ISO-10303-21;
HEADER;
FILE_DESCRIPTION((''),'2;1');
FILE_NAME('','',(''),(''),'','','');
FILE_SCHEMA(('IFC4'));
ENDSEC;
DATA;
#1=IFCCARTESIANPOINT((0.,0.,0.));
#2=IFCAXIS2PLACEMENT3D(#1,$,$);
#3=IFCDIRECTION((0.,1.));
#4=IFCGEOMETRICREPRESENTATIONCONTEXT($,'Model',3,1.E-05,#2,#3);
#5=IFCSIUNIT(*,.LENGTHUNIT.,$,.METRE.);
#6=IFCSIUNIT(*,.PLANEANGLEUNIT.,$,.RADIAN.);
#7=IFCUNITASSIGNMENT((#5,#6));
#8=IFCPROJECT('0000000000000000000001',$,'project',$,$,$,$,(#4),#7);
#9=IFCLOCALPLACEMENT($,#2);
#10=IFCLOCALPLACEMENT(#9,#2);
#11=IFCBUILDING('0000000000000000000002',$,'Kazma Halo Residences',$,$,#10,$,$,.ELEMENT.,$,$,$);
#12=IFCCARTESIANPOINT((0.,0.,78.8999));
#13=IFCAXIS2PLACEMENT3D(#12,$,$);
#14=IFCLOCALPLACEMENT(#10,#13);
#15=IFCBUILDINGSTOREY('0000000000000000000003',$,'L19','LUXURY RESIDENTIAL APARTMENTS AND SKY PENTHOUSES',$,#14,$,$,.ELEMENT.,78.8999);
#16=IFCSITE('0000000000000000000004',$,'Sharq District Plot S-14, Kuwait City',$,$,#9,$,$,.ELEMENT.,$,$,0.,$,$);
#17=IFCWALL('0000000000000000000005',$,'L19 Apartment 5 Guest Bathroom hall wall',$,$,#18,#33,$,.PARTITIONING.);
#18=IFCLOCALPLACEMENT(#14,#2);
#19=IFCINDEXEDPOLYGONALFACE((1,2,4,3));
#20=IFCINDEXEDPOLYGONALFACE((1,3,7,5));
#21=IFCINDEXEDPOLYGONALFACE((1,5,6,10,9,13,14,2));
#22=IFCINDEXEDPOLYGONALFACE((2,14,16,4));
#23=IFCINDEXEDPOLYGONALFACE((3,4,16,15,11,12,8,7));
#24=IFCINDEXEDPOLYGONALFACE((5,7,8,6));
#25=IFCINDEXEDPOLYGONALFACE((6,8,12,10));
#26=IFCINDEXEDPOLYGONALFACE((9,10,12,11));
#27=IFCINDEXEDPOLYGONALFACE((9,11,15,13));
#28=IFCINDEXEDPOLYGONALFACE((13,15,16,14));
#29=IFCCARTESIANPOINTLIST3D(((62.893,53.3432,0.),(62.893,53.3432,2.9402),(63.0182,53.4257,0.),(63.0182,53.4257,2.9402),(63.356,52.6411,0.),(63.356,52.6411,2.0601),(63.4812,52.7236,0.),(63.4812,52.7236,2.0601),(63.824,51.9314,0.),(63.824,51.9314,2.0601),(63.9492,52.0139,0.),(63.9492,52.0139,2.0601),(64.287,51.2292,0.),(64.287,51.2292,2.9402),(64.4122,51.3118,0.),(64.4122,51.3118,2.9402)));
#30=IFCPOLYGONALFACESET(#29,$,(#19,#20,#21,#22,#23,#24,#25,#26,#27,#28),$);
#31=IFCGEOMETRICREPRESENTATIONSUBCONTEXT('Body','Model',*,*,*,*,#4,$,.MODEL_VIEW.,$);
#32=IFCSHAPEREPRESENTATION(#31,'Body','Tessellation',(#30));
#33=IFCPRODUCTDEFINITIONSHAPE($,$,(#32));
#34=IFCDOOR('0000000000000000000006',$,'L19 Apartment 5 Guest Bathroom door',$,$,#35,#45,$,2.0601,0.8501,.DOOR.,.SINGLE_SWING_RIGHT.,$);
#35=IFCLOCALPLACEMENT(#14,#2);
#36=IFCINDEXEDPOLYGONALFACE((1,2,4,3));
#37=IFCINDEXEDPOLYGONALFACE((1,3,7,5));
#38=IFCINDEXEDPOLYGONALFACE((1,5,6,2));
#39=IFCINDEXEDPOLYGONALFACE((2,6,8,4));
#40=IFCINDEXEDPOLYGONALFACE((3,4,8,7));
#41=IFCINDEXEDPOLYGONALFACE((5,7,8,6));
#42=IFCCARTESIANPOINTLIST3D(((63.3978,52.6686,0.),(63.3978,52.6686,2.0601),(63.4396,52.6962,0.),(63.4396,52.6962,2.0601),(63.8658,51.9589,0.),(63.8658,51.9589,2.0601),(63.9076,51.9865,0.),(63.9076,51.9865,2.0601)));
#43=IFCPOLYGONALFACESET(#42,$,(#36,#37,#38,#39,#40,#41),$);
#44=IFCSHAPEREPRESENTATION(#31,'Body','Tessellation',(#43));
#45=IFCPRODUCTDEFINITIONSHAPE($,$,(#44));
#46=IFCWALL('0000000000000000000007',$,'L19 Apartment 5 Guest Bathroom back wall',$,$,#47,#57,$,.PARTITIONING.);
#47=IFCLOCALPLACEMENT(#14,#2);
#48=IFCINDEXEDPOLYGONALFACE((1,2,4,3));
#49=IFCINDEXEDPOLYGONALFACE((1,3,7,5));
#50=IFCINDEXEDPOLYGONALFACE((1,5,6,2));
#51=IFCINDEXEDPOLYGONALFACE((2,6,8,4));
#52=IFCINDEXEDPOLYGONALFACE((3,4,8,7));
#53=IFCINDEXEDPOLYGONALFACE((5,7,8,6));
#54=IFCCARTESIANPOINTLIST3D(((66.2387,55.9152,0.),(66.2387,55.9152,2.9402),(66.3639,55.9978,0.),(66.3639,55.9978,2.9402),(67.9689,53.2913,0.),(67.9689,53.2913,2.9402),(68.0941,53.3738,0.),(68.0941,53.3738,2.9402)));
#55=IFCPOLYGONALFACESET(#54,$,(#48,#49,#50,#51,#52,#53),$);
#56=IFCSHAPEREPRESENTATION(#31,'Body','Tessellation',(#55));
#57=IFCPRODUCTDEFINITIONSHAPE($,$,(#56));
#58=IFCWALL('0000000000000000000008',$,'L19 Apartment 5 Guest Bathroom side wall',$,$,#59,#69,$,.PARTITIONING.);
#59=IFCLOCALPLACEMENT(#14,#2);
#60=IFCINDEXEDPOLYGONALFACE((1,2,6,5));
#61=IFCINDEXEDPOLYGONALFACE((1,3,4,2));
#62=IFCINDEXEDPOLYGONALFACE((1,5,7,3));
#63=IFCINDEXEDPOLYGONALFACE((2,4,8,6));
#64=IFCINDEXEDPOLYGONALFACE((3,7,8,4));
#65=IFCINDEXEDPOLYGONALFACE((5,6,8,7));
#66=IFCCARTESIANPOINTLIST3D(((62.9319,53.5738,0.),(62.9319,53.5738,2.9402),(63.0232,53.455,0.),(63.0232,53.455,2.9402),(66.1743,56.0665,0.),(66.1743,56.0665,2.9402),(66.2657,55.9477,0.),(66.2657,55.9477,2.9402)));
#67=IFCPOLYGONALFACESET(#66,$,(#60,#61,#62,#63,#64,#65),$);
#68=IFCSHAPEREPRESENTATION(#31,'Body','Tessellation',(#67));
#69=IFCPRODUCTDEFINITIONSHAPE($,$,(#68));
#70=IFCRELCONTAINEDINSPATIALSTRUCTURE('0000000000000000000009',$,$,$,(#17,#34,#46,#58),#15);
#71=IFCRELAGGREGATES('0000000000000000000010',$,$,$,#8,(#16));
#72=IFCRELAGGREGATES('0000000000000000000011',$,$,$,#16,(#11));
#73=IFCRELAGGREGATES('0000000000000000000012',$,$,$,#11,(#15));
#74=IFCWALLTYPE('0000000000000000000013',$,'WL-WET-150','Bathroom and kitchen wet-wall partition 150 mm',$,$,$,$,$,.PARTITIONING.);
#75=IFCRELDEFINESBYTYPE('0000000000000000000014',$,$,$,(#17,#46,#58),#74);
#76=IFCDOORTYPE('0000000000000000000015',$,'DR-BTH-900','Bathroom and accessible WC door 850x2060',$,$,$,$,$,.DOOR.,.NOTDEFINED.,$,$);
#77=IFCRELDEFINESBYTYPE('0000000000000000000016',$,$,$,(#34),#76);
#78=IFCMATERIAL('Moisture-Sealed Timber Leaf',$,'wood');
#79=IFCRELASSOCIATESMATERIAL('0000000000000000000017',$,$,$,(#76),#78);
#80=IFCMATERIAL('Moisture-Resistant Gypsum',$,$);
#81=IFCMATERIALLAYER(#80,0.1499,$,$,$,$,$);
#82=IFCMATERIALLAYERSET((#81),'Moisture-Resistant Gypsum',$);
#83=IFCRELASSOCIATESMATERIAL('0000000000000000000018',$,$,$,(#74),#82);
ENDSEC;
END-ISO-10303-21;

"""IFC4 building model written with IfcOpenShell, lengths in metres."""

from ifc_helpers import new_model, si_unit, direction, frame, frame_2d, origin, place, context, subcontext, project, spatial, rectangle, extrude, material, layer, layer_set, type_object, element, fill, save


model = new_model("IFC4")

# Units and contexts
model_context = context("Model", 3, precision=1e-05, world=origin(), true_north=direction((0.0, 1.0)))
body_context = subcontext(model_context, "Body", "Model", "MODEL_VIEW")
ifc_project = project(units=[si_unit("LENGTHUNIT", "METRE"), si_unit("PLANEANGLEUNIT", "RADIAN")], contexts=[model_context])

# Site, building, storey
site_placement = place(None, origin())
site = spatial("IfcSite", under=ifc_project, at=site_placement, Name="Sharq District Plot S-14, Kuwait City", CompositionType="ELEMENT", RefElevation=0.0)
building_placement = place(site_placement, origin())
building = spatial("IfcBuilding", under=site, at=building_placement, Name="Kazma Halo Residences", CompositionType="ELEMENT")
storey_placement = place(building_placement, frame((0.0, 0.0, 78.8999)))
storey = spatial("IfcBuildingStorey", under=building, at=storey_placement, Name="L19", Description="LUXURY RESIDENTIAL APARTMENTS AND SKY PENTHOUSES", CompositionType="ELEMENT", Elevation=78.8999)

# Wall, opening, door
ifc_material_1 = material(Name="Moisture-Sealed Timber Leaf", Category="wood")
door_type_1 = type_object("IfcDoorType", Name="DR-BTH-900", Description="Bathroom and accessible WC door 850x2060", OperationType="NOTDEFINED", PredefinedType="DOOR", material=ifc_material_1)
ifc_material_2 = material(Name="Moisture-Resistant Gypsum")
ifc_layer_1 = layer(ifc_material_2, 0.1499)
ifc_layer_set_1 = layer_set([ifc_layer_1], Name="Moisture-Resistant Gypsum")
wall_type_1 = type_object("IfcWallType", Name="WL-WET-150", Description="Bathroom and kitchen wet-wall partition 150 mm", PredefinedType="PARTITIONING", material=ifc_layer_set_1)
wall_1_placement = place(storey_placement, frame((64.3496, 51.2705, 0.0), z_axis=(0.0, 0.0, 1.0), x_axis=(-0.55051, 0.834828, 0.0)))
wall_1 = element("IfcWall", 1, at=wall_1_placement, inside=storey, type_object=wall_type_1, Name="L19 Apartment 5 Guest Bathroom hall wall", PredefinedType="PARTITIONING", context=body_context, shape_type="SweptSolid", body=[
    extrude(rectangle(XDim=2.5322, YDim=0.1499, at=frame_2d((1.2661, 0.0))), origin(), (0.0, 0.0, 1.0), 2.9402),
])
opening_1_placement = place(wall_1_placement, frame((0.8411, 0.0, 0.0)))
opening_1 = element("IfcOpeningElement", 2, at=opening_1_placement, cuts=wall_1, PredefinedType="OPENING", context=body_context, shape_type="SweptSolid", body=[
    extrude(rectangle(XDim=0.8501, YDim=2.0601, at=frame_2d((0.425, 1.03))), frame((0.0, 0.085, 0.0), z_axis=(0.0, -1.0, 0.0), x_axis=(1.0, 0.0, 0.0)), (0.0, 0.0, 1.0), 0.1699),
])
door_1_placement = place(opening_1_placement, origin())
door_1 = element("IfcDoor", 3, at=door_1_placement, inside=storey, type_object=door_type_1, Name="L19 Apartment 5 Guest Bathroom door", OperationType="SINGLE_SWING_RIGHT", OverallHeight=2.0601, OverallWidth=0.8501, PredefinedType="DOOR", context=body_context, shape_type="SweptSolid", body=[
    extrude(rectangle(XDim=0.8501, YDim=2.0601, at=frame_2d((0.425, 1.03))), frame((0.0, 0.0249, 0.0), z_axis=(0.0, -1.0, 0.0), x_axis=(1.0, 0.0, 0.0)), (0.0, 0.0, 1.0), 0.05),
])
fill(opening_1, door_1)

# Walls
wall_2_placement = place(storey_placement, frame((68.0315, 53.3325, 0.0), z_axis=(0.0, 0.0, 1.0), x_axis=(-0.550481, 0.834848, 0.0)))
element("IfcWall", 4, at=wall_2_placement, inside=storey, type_object=wall_type_1, Name="L19 Apartment 5 Guest Bathroom back wall", PredefinedType="PARTITIONING", context=body_context, shape_type="SweptSolid", body=[
    extrude(rectangle(XDim=3.1431, YDim=0.1499, at=frame_2d((1.5715, 0.0))), origin(), (0.0, 0.0, 1.0), 2.9402),
])
wall_3_placement = place(storey_placement, frame((62.9775, 53.5144, 0.0), z_axis=(0.0, 0.0, 1.0), x_axis=(0.792801, 0.60948, 0.0)))
element("IfcWall", 5, at=wall_3_placement, inside=storey, type_object=wall_type_1, Name="L19 Apartment 5 Guest Bathroom side wall", PredefinedType="PARTITIONING", context=body_context, shape_type="SweptSolid", body=[
    extrude(rectangle(XDim=4.0898, YDim=0.1499, at=frame_2d((2.0449, 0.0))), origin(), (0.0, 0.0, 1.0), 2.9402),
])

save(model, "model.ifc")
